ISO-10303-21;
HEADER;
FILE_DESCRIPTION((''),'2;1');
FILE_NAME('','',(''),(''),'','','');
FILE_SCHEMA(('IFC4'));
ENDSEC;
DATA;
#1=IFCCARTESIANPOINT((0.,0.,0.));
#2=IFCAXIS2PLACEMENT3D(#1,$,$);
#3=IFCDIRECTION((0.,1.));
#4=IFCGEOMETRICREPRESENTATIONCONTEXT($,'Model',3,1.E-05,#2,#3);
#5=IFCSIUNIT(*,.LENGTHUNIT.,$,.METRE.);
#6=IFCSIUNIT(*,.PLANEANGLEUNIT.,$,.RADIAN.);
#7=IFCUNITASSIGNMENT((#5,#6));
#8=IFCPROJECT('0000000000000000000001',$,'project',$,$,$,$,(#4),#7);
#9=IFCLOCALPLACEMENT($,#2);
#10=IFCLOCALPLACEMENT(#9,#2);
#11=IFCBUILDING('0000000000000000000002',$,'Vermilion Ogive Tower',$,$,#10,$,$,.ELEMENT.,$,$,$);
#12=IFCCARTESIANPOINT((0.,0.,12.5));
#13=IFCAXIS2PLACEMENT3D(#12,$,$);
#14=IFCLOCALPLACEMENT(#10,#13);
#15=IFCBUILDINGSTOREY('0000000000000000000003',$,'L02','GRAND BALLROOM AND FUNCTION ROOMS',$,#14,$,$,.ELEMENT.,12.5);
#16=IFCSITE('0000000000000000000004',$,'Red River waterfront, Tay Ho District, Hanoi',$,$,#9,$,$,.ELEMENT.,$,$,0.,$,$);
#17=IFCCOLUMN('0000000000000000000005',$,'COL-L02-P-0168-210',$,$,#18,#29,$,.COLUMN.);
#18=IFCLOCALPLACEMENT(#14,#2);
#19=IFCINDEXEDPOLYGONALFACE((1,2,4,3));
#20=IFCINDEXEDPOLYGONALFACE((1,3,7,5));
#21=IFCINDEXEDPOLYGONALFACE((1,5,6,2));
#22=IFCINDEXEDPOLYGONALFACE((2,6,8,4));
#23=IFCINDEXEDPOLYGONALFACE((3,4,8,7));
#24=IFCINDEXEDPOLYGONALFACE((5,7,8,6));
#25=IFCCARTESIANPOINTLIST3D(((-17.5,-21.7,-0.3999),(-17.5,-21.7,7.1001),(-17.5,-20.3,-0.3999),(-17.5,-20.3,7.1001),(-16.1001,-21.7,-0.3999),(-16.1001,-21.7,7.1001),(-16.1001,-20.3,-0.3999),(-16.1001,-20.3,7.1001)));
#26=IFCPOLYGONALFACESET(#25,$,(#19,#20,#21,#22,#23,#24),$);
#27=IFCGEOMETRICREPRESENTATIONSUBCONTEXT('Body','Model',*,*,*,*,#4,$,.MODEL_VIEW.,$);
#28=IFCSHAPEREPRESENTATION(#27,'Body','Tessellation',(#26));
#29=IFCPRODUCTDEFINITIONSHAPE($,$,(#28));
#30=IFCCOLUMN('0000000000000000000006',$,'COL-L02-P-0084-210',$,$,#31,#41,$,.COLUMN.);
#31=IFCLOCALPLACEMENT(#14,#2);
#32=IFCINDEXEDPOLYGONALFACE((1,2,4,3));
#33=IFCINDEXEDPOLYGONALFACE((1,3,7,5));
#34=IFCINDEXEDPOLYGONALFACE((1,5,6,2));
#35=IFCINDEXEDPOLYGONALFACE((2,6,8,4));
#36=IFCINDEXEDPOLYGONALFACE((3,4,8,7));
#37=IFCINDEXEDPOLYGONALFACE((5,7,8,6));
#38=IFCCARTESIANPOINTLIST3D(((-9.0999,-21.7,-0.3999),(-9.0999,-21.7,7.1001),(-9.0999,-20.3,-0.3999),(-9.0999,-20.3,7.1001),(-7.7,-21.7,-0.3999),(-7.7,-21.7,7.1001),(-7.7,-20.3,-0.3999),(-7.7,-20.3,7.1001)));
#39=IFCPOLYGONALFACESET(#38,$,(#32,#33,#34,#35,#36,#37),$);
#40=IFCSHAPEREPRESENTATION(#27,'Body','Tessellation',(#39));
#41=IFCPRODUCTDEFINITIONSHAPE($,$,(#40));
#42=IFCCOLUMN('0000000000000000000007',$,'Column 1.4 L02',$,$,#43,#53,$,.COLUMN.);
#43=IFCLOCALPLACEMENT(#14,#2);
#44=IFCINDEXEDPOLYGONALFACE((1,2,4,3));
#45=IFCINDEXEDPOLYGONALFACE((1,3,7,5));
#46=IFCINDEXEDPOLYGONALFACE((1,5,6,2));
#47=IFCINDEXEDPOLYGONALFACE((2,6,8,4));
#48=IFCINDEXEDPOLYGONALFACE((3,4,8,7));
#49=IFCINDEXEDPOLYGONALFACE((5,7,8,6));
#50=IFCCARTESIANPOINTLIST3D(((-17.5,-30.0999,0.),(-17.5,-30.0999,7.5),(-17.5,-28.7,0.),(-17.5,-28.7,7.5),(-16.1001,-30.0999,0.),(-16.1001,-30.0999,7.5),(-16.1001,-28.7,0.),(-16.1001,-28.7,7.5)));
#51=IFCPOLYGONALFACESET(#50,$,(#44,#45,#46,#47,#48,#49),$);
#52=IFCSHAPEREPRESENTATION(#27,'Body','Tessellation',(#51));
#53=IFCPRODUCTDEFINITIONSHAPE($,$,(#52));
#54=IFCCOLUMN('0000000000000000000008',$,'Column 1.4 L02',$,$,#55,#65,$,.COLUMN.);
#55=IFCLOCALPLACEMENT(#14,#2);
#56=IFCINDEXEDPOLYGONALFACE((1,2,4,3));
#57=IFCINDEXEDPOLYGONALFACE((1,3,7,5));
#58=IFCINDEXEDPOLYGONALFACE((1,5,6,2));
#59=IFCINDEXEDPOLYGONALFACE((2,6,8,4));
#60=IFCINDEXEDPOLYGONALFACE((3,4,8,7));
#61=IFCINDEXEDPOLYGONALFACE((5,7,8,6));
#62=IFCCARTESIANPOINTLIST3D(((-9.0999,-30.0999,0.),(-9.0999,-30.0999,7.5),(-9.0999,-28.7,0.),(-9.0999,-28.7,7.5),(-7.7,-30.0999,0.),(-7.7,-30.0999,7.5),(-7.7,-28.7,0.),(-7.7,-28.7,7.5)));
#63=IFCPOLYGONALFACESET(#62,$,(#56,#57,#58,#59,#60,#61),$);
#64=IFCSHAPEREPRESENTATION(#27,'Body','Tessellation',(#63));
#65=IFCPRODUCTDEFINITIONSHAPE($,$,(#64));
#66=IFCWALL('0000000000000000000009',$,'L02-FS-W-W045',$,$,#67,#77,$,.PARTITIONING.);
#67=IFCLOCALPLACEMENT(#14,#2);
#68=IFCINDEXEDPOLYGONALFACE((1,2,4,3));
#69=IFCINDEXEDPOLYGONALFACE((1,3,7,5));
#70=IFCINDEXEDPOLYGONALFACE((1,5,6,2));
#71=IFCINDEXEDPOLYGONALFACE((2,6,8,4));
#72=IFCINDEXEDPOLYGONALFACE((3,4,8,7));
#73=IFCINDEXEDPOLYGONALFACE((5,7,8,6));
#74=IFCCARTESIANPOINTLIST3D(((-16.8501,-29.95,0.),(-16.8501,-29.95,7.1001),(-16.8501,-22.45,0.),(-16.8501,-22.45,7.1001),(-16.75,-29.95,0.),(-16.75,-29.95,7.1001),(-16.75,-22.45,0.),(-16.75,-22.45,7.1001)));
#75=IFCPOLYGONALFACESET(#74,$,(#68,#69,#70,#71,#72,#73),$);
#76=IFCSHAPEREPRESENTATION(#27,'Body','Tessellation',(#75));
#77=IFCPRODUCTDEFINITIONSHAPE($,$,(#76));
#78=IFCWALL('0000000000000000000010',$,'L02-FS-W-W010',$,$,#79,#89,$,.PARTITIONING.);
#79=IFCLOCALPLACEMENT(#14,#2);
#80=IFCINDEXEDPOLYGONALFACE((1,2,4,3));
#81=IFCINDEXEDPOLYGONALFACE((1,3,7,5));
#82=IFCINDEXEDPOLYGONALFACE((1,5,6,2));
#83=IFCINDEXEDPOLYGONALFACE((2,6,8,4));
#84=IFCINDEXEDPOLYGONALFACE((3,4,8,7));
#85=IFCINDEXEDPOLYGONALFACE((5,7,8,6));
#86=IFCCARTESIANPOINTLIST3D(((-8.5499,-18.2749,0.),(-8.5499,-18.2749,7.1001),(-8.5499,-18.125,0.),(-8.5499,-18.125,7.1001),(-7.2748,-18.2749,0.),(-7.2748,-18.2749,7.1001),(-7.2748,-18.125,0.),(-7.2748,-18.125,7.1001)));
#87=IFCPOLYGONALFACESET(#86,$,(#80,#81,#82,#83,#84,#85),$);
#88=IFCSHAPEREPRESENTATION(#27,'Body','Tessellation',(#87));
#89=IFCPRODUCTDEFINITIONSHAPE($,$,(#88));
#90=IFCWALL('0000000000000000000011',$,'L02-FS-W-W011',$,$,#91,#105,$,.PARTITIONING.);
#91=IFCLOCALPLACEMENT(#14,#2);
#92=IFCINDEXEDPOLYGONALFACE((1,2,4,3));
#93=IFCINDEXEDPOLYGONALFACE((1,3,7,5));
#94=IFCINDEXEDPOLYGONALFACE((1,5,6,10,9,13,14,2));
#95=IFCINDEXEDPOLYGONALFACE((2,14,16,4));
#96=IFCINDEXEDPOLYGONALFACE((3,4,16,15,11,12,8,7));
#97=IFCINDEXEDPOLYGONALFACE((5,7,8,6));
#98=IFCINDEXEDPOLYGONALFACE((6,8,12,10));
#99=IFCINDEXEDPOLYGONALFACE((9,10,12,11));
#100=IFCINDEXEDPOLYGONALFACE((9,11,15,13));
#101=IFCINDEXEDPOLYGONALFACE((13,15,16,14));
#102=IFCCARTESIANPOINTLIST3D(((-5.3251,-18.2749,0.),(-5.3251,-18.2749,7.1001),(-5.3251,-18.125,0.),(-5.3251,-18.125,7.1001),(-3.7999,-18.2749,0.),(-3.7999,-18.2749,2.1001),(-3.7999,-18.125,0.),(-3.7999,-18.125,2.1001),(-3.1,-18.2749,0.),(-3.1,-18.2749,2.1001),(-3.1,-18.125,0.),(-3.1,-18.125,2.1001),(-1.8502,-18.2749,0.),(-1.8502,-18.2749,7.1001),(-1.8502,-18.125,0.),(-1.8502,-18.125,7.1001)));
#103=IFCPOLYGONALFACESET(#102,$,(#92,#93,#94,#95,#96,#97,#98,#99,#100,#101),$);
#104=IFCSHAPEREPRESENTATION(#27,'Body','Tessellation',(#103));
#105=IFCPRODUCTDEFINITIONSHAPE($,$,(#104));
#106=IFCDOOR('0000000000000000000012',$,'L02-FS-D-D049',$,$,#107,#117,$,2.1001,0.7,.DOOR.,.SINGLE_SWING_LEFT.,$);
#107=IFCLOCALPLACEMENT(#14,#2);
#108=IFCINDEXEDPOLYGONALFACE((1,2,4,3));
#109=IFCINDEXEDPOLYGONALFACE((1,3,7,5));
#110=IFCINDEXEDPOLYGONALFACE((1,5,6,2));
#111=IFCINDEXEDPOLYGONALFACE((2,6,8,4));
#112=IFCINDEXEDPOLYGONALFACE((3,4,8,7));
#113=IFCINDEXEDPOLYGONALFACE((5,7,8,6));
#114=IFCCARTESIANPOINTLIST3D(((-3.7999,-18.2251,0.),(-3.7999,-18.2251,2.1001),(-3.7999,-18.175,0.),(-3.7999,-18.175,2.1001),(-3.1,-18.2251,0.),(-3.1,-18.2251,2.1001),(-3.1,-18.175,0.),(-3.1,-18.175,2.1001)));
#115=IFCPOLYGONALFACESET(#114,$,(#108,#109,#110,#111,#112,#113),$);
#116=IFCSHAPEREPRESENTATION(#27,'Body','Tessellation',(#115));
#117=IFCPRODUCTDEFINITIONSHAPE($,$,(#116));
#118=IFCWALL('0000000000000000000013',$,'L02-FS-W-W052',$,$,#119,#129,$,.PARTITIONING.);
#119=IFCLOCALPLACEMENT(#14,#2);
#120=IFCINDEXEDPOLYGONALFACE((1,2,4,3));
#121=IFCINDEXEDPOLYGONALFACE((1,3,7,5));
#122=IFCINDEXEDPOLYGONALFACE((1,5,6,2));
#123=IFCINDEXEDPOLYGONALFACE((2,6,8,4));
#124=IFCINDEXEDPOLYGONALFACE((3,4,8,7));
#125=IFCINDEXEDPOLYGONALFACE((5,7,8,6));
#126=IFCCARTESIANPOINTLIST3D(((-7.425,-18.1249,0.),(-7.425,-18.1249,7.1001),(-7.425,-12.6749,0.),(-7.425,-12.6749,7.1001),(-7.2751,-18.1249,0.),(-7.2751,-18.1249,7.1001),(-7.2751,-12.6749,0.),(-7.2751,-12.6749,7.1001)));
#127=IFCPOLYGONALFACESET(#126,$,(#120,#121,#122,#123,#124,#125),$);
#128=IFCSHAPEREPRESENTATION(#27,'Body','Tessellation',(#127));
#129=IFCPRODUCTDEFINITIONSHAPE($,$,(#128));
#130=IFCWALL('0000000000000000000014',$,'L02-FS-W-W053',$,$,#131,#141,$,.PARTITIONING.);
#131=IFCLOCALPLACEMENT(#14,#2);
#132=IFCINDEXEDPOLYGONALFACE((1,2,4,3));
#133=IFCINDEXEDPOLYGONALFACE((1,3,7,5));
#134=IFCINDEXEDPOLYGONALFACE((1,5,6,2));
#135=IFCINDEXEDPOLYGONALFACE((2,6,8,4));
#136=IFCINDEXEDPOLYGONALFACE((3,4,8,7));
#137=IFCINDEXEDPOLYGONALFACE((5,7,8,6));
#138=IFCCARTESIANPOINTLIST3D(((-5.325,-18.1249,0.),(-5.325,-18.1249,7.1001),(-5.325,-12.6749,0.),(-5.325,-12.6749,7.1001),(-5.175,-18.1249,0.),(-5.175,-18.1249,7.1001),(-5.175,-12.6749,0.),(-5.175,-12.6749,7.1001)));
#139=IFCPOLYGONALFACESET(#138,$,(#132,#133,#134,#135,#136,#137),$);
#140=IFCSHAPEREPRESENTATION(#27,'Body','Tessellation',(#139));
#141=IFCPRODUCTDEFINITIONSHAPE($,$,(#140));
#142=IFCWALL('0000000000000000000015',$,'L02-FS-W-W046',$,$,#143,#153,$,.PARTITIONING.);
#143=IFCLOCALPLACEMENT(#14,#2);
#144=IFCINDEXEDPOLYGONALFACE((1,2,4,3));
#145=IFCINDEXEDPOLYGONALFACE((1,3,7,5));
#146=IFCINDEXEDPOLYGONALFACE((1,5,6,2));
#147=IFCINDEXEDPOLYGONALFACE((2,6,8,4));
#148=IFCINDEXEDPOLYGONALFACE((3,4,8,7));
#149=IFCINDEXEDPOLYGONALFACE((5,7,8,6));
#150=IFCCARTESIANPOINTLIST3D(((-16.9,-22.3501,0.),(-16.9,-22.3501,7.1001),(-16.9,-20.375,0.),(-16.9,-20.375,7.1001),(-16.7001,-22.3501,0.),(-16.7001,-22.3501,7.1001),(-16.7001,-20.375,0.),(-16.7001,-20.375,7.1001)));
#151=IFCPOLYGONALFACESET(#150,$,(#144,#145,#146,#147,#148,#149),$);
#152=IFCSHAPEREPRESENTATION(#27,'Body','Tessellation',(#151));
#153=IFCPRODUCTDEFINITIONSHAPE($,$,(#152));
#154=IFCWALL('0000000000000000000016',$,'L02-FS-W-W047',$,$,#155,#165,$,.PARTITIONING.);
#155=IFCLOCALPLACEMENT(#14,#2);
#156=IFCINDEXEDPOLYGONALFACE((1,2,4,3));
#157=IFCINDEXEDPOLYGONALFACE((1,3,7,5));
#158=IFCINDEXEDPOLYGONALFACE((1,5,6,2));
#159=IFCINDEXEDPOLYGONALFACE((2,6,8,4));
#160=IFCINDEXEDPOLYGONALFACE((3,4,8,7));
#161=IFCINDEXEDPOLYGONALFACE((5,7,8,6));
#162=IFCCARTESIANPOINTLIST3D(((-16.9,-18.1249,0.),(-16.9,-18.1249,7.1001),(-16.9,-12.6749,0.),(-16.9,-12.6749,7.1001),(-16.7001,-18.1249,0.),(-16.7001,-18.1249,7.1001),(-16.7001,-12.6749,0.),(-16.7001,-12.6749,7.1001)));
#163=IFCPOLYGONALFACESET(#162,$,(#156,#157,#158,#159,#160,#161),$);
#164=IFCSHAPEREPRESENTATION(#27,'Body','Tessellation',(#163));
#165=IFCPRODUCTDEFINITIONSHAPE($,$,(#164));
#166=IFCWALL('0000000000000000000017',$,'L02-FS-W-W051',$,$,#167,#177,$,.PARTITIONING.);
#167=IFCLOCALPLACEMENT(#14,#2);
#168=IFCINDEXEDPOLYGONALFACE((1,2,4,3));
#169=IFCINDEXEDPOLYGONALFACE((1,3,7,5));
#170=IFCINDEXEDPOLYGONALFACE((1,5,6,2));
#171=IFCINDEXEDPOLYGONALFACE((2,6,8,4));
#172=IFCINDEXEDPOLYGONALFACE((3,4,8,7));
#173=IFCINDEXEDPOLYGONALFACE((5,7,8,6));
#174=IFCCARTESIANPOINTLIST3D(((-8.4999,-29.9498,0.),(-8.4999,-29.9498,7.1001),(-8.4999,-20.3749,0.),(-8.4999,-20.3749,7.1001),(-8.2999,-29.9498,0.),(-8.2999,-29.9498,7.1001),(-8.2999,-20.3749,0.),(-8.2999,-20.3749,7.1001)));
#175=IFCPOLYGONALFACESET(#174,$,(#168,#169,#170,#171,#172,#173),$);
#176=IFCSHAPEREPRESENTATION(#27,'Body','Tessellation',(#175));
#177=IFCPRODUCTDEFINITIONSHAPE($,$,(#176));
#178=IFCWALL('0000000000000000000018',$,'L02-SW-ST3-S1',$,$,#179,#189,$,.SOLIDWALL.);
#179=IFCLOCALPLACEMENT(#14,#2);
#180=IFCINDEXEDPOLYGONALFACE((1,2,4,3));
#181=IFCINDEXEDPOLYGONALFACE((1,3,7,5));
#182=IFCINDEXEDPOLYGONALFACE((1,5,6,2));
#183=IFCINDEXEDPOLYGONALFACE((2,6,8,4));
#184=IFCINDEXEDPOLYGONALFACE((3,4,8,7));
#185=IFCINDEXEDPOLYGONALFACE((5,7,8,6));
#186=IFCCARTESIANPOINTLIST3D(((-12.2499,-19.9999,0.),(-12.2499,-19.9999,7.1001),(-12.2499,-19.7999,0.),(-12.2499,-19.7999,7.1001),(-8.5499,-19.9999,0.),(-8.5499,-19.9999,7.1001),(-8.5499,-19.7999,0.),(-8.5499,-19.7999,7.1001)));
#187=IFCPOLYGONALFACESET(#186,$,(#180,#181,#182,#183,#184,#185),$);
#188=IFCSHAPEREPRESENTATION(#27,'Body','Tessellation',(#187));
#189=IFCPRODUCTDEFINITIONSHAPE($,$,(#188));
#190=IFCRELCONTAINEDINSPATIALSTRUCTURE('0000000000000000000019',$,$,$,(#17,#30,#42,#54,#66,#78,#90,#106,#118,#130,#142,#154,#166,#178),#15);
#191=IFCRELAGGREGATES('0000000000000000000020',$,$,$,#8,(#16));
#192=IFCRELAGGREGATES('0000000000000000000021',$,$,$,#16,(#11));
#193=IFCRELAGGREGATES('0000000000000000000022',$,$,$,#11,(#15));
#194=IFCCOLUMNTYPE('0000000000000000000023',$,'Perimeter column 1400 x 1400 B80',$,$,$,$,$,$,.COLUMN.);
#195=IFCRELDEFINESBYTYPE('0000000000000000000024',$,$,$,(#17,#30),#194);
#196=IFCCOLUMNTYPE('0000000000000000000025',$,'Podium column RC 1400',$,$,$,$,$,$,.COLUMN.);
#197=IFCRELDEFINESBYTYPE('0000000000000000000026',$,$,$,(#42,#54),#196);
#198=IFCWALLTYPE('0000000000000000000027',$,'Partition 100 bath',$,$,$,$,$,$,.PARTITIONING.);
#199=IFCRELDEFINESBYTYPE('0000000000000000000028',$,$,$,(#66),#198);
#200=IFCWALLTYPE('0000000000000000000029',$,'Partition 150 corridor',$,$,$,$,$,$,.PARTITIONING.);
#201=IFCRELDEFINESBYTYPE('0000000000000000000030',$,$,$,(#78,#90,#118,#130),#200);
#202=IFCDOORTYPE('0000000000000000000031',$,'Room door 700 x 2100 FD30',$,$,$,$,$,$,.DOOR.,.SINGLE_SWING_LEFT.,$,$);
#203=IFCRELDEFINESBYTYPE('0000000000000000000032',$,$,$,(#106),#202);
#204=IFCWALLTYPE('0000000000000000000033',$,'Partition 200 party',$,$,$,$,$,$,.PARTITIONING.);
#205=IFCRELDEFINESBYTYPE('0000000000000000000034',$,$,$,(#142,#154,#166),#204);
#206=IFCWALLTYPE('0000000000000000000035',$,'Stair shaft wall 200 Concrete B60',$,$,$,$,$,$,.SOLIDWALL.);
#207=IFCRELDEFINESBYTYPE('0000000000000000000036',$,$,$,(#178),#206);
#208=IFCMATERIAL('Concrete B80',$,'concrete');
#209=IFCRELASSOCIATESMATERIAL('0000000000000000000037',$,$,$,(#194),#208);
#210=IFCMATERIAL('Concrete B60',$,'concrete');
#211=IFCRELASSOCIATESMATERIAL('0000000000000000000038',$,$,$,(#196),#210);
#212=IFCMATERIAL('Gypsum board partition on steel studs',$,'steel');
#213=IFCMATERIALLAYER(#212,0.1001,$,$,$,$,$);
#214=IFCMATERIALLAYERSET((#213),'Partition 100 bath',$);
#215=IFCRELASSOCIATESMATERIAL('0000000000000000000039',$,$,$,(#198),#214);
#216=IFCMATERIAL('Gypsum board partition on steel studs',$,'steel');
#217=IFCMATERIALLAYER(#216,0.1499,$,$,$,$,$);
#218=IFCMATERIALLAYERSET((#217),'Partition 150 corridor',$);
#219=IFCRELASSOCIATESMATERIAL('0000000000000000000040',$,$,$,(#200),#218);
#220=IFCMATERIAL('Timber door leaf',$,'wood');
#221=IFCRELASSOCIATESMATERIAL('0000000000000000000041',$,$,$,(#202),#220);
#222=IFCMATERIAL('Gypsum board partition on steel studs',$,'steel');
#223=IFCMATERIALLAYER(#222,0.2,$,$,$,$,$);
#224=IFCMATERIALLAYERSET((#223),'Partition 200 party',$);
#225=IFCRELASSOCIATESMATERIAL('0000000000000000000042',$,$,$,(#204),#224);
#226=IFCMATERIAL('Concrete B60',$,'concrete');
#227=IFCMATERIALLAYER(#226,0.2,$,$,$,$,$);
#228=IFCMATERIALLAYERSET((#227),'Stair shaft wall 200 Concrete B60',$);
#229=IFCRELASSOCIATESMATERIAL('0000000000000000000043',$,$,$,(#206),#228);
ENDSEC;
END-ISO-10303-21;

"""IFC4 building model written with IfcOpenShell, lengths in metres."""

from ifc_helpers import new_model, si_unit, direction, frame, frame_2d, origin, origin_2d, place, context, subcontext, project, spatial, rectangle, extrude, material, layer, layer_set, material_profile, profile_set, type_object, element, fill, save


model = new_model("IFC4")

# Units and contexts
model_context = context("Model", 3, precision=1e-05, world=origin(), true_north=direction((0.0, 1.0)))
body_context = subcontext(model_context, "Body", "Model", "MODEL_VIEW")
ifc_project = project(units=[si_unit("LENGTHUNIT", "METRE"), si_unit("PLANEANGLEUNIT", "RADIAN")], contexts=[model_context])

# Site, building, storey
site_placement = place(None, origin())
site = spatial("IfcSite", under=ifc_project, at=site_placement, Name="Red River waterfront, Tay Ho District, Hanoi", CompositionType="ELEMENT", RefElevation=0.0)
building_placement = place(site_placement, origin())
building = spatial("IfcBuilding", under=site, at=building_placement, Name="Vermilion Ogive Tower", CompositionType="ELEMENT")
storey_placement = place(building_placement, frame((0.0, 0.0, 12.5)))
storey = spatial("IfcBuildingStorey", under=building, at=storey_placement, Name="L02", Description="GRAND BALLROOM AND FUNCTION ROOMS", CompositionType="ELEMENT", Elevation=12.5)

# Columns
ifc_material_1 = material(Name="Concrete B80", Category="concrete")
ifc_material_profile_1 = material_profile(ifc_material_1, rectangle(XDim=1.3999, YDim=1.3999, at=origin_2d()), Name="1400 x 1400")
ifc_profile_set_1 = profile_set([ifc_material_profile_1], Name="Concrete B80")
column_type_1 = type_object("IfcColumnType", Name="Perimeter column 1400 x 1400 B80", PredefinedType="COLUMN", material=ifc_profile_set_1)
for number, where, z_axis, x_axis, name in (
    (1, (-16.8, -21.0, -0.3999), (0.0, 0.0, 1.0), (1.0, 0.0, 0.0), "COL-L02-P-0168-210"),
    (2, (-8.3999, -21.0, -0.3999), (0.0, 0.0, 1.0), (1.0, 0.0, 0.0), "COL-L02-P-0084-210"),
):
    element("IfcColumn", number, at=place(storey_placement, frame(where, z_axis=z_axis, x_axis=x_axis)), inside=storey, type_object=column_type_1, Name=name, PredefinedType="COLUMN", context=body_context, shape_type="SweptSolid", body=[
        extrude(rectangle(XDim=1.3999, YDim=1.3999, at=origin_2d()), origin(), (0.0, 0.0, 1.0), 7.5),
    ])
ifc_material_2 = material(Name="Concrete B60", Category="concrete")
ifc_material_profile_2 = material_profile(ifc_material_2, rectangle(XDim=1.3999, YDim=1.3999, at=origin_2d()), Name="RC 1400x1400")
ifc_profile_set_2 = profile_set([ifc_material_profile_2], Name="Concrete B60")
column_type_2 = type_object("IfcColumnType", Name="Podium column RC 1400", PredefinedType="COLUMN", material=ifc_profile_set_2)
for number, where, z_axis, x_axis, name in (
    (3, (-16.8, -29.3999, 0.0), (0.0, 0.0, 1.0), (1.0, 0.0, 0.0), "Column 1.4 L02"),
    (4, (-8.3999, -29.3999, 0.0), (0.0, 0.0, 1.0), (1.0, 0.0, 0.0), "Column 1.4 L02"),
):
    element("IfcColumn", number, at=place(storey_placement, frame(where, z_axis=z_axis, x_axis=x_axis)), inside=storey, type_object=column_type_2, Name=name, PredefinedType="COLUMN", context=body_context, shape_type="SweptSolid", body=[
        extrude(rectangle(XDim=1.3999, YDim=1.3999, at=origin_2d()), origin(), (0.0, 0.0, 1.0), 7.5),
    ])

# Walls
ifc_material_3 = material(Name="Gypsum board partition on steel studs", Category="steel")
ifc_layer_1 = layer(ifc_material_3, 0.1001)
ifc_layer_set_1 = layer_set([ifc_layer_1], Name="Partition 100 bath")
wall_type_1 = type_object("IfcWallType", Name="Partition 100 bath", PredefinedType="PARTITIONING", material=ifc_layer_set_1)
wall_1_placement = place(storey_placement, frame((-16.8, -29.95, 0.0), z_axis=(0.0, 0.0, 1.0), x_axis=(0.0, 1.0, 0.0)))
element("IfcWall", 5, at=wall_1_placement, inside=storey, type_object=wall_type_1, Name="L02-FS-W-W045", PredefinedType="PARTITIONING", context=body_context, shape_type="SweptSolid", body=[
    extrude(rectangle(XDim=7.5, YDim=0.1001, at=frame_2d((3.75, 0.0))), origin(), (0.0, 0.0, 1.0), 7.1001),
])
ifc_material_4 = material(Name="Gypsum board partition on steel studs", Category="steel")
ifc_layer_2 = layer(ifc_material_4, 0.1499)
ifc_layer_set_2 = layer_set([ifc_layer_2], Name="Partition 150 corridor")
wall_type_2 = type_object("IfcWallType", Name="Partition 150 corridor", PredefinedType="PARTITIONING", material=ifc_layer_set_2)
wall_2_placement = place(storey_placement, frame((-8.55, -18.2, 0.0), z_axis=(0.0, 0.0, 1.0), x_axis=(1.0, 0.0, 0.0)))
element("IfcWall", 6, at=wall_2_placement, inside=storey, type_object=wall_type_2, Name="L02-FS-W-W010", PredefinedType="PARTITIONING", context=body_context, shape_type="SweptSolid", body=[
    extrude(rectangle(XDim=1.2751, YDim=0.1499, at=frame_2d((0.6377, 0.0))), origin(), (0.0, 0.0, 1.0), 7.1001),
])

# Wall, opening, door
wall_3_placement = place(storey_placement, frame((-5.325, -18.2, 0.0), z_axis=(0.0, 0.0, 1.0), x_axis=(1.0, 0.0, 0.0)))
wall_3 = element("IfcWall", 7, at=wall_3_placement, inside=storey, type_object=wall_type_2, Name="L02-FS-W-W011", PredefinedType="PARTITIONING", context=body_context, shape_type="SweptSolid", body=[
    extrude(rectangle(XDim=3.4749, YDim=0.1499, at=frame_2d((1.7373, 0.0))), origin(), (0.0, 0.0, 1.0), 7.1001),
])
opening_1_placement = place(wall_3_placement, frame((1.5249, 0.0, 0.0)))
opening_1 = element("IfcOpeningElement", 8, at=opening_1_placement, cuts=wall_3, PredefinedType="OPENING", context=body_context, shape_type="SweptSolid", body=[
    extrude(rectangle(XDim=0.7, YDim=2.1001, at=frame_2d((0.3501, 1.05))), frame((0.0, 0.085, 0.0), z_axis=(0.0, -1.0, 0.0), x_axis=(1.0, 0.0, 0.0)), (0.0, 0.0, 1.0), 0.1699),
])
ifc_material_5 = material(Name="Timber door leaf", Category="wood")
door_type = type_object("IfcDoorType", Name="Room door 700 x 2100 FD30", OperationType="SINGLE_SWING_LEFT", PredefinedType="DOOR", material=ifc_material_5)
door_placement = place(opening_1_placement, origin())
door = element("IfcDoor", 9, at=door_placement, inside=storey, type_object=door_type, Name="L02-FS-D-D049", OperationType="SINGLE_SWING_LEFT", OverallHeight=2.1001, OverallWidth=0.7, PredefinedType="DOOR", context=body_context, shape_type="SweptSolid", body=[
    extrude(rectangle(XDim=0.7, YDim=2.1001, at=frame_2d((0.3501, 1.05))), frame((0.0, 0.0249, 0.0), z_axis=(0.0, -1.0, 0.0), x_axis=(1.0, 0.0, 0.0)), (0.0, 0.0, 1.0), 0.05),
])
fill(opening_1, door)

# Walls
for number, where, z_axis, x_axis, name in (
    (10, (-7.3501, -18.125, 0.0), (0.0, 0.0, 1.0), (0.0, 1.0, 0.0), "L02-FS-W-W052"),
    (11, (-5.25, -18.125, 0.0), (0.0, 0.0, 1.0), (0.0, 1.0, 0.0), "L02-FS-W-W053"),
):
    element("IfcWall", number, at=place(storey_placement, frame(where, z_axis=z_axis, x_axis=x_axis)), inside=storey, type_object=wall_type_2, Name=name, PredefinedType="PARTITIONING", context=body_context, shape_type="SweptSolid", body=[
        extrude(rectangle(XDim=5.45, YDim=0.1499, at=frame_2d((2.7251, 0.0))), origin(), (0.0, 0.0, 1.0), 7.1001),
    ])
ifc_material_6 = material(Name="Gypsum board partition on steel studs", Category="steel")
ifc_layer_3 = layer(ifc_material_6, 0.2)
ifc_layer_set_3 = layer_set([ifc_layer_3], Name="Partition 200 party")
wall_type_3 = type_object("IfcWallType", Name="Partition 200 party", PredefinedType="PARTITIONING", material=ifc_layer_set_3)
wall_4_placement = place(storey_placement, frame((-16.8, -22.3501, 0.0), z_axis=(0.0, 0.0, 1.0), x_axis=(0.0, 1.0, 0.0)))
element("IfcWall", 12, at=wall_4_placement, inside=storey, type_object=wall_type_3, Name="L02-FS-W-W046", PredefinedType="PARTITIONING", context=body_context, shape_type="SweptSolid", body=[
    extrude(rectangle(XDim=1.9751, YDim=0.2, at=frame_2d((0.9875, 0.0))), origin(), (0.0, 0.0, 1.0), 7.1001),
])
wall_5_placement = place(storey_placement, frame((-16.8, -18.125, 0.0), z_axis=(0.0, 0.0, 1.0), x_axis=(0.0, 1.0, 0.0)))
element("IfcWall", 13, at=wall_5_placement, inside=storey, type_object=wall_type_3, Name="L02-FS-W-W047", PredefinedType="PARTITIONING", context=body_context, shape_type="SweptSolid", body=[
    extrude(rectangle(XDim=5.45, YDim=0.2, at=frame_2d((2.7251, 0.0))), origin(), (0.0, 0.0, 1.0), 7.1001),
])
wall_6_placement = place(storey_placement, frame((-8.3999, -29.95, 0.0), z_axis=(0.0, 0.0, 1.0), x_axis=(0.0, 1.0, 0.0)))
element("IfcWall", 14, at=wall_6_placement, inside=storey, type_object=wall_type_3, Name="L02-FS-W-W051", PredefinedType="PARTITIONING", context=body_context, shape_type="SweptSolid", body=[
    extrude(rectangle(XDim=9.575, YDim=0.2, at=frame_2d((4.7876, 0.0))), origin(), (0.0, 0.0, 1.0), 7.1001),
])
ifc_material_7 = material(Name="Concrete B60", Category="concrete")
ifc_layer_4 = layer(ifc_material_7, 0.2)
ifc_layer_set_4 = layer_set([ifc_layer_4], Name="Stair shaft wall 200 Concrete B60")
wall_type_4 = type_object("IfcWallType", Name="Stair shaft wall 200 Concrete B60", PredefinedType="SOLIDWALL", material=ifc_layer_set_4)
wall_7_placement = place(storey_placement, frame((-12.25, -19.8999, 0.0), z_axis=(0.0, 0.0, 1.0), x_axis=(1.0, 0.0, 0.0)))
element("IfcWall", 15, at=wall_7_placement, inside=storey, type_object=wall_type_4, Name="L02-SW-ST3-S1", PredefinedType="SOLIDWALL", context=body_context, shape_type="SweptSolid", body=[
    extrude(rectangle(XDim=3.7, YDim=0.2, at=frame_2d((1.8501, 0.0))), origin(), (0.0, 0.0, 1.0), 7.1001),
])

save(model, "model.ifc")
